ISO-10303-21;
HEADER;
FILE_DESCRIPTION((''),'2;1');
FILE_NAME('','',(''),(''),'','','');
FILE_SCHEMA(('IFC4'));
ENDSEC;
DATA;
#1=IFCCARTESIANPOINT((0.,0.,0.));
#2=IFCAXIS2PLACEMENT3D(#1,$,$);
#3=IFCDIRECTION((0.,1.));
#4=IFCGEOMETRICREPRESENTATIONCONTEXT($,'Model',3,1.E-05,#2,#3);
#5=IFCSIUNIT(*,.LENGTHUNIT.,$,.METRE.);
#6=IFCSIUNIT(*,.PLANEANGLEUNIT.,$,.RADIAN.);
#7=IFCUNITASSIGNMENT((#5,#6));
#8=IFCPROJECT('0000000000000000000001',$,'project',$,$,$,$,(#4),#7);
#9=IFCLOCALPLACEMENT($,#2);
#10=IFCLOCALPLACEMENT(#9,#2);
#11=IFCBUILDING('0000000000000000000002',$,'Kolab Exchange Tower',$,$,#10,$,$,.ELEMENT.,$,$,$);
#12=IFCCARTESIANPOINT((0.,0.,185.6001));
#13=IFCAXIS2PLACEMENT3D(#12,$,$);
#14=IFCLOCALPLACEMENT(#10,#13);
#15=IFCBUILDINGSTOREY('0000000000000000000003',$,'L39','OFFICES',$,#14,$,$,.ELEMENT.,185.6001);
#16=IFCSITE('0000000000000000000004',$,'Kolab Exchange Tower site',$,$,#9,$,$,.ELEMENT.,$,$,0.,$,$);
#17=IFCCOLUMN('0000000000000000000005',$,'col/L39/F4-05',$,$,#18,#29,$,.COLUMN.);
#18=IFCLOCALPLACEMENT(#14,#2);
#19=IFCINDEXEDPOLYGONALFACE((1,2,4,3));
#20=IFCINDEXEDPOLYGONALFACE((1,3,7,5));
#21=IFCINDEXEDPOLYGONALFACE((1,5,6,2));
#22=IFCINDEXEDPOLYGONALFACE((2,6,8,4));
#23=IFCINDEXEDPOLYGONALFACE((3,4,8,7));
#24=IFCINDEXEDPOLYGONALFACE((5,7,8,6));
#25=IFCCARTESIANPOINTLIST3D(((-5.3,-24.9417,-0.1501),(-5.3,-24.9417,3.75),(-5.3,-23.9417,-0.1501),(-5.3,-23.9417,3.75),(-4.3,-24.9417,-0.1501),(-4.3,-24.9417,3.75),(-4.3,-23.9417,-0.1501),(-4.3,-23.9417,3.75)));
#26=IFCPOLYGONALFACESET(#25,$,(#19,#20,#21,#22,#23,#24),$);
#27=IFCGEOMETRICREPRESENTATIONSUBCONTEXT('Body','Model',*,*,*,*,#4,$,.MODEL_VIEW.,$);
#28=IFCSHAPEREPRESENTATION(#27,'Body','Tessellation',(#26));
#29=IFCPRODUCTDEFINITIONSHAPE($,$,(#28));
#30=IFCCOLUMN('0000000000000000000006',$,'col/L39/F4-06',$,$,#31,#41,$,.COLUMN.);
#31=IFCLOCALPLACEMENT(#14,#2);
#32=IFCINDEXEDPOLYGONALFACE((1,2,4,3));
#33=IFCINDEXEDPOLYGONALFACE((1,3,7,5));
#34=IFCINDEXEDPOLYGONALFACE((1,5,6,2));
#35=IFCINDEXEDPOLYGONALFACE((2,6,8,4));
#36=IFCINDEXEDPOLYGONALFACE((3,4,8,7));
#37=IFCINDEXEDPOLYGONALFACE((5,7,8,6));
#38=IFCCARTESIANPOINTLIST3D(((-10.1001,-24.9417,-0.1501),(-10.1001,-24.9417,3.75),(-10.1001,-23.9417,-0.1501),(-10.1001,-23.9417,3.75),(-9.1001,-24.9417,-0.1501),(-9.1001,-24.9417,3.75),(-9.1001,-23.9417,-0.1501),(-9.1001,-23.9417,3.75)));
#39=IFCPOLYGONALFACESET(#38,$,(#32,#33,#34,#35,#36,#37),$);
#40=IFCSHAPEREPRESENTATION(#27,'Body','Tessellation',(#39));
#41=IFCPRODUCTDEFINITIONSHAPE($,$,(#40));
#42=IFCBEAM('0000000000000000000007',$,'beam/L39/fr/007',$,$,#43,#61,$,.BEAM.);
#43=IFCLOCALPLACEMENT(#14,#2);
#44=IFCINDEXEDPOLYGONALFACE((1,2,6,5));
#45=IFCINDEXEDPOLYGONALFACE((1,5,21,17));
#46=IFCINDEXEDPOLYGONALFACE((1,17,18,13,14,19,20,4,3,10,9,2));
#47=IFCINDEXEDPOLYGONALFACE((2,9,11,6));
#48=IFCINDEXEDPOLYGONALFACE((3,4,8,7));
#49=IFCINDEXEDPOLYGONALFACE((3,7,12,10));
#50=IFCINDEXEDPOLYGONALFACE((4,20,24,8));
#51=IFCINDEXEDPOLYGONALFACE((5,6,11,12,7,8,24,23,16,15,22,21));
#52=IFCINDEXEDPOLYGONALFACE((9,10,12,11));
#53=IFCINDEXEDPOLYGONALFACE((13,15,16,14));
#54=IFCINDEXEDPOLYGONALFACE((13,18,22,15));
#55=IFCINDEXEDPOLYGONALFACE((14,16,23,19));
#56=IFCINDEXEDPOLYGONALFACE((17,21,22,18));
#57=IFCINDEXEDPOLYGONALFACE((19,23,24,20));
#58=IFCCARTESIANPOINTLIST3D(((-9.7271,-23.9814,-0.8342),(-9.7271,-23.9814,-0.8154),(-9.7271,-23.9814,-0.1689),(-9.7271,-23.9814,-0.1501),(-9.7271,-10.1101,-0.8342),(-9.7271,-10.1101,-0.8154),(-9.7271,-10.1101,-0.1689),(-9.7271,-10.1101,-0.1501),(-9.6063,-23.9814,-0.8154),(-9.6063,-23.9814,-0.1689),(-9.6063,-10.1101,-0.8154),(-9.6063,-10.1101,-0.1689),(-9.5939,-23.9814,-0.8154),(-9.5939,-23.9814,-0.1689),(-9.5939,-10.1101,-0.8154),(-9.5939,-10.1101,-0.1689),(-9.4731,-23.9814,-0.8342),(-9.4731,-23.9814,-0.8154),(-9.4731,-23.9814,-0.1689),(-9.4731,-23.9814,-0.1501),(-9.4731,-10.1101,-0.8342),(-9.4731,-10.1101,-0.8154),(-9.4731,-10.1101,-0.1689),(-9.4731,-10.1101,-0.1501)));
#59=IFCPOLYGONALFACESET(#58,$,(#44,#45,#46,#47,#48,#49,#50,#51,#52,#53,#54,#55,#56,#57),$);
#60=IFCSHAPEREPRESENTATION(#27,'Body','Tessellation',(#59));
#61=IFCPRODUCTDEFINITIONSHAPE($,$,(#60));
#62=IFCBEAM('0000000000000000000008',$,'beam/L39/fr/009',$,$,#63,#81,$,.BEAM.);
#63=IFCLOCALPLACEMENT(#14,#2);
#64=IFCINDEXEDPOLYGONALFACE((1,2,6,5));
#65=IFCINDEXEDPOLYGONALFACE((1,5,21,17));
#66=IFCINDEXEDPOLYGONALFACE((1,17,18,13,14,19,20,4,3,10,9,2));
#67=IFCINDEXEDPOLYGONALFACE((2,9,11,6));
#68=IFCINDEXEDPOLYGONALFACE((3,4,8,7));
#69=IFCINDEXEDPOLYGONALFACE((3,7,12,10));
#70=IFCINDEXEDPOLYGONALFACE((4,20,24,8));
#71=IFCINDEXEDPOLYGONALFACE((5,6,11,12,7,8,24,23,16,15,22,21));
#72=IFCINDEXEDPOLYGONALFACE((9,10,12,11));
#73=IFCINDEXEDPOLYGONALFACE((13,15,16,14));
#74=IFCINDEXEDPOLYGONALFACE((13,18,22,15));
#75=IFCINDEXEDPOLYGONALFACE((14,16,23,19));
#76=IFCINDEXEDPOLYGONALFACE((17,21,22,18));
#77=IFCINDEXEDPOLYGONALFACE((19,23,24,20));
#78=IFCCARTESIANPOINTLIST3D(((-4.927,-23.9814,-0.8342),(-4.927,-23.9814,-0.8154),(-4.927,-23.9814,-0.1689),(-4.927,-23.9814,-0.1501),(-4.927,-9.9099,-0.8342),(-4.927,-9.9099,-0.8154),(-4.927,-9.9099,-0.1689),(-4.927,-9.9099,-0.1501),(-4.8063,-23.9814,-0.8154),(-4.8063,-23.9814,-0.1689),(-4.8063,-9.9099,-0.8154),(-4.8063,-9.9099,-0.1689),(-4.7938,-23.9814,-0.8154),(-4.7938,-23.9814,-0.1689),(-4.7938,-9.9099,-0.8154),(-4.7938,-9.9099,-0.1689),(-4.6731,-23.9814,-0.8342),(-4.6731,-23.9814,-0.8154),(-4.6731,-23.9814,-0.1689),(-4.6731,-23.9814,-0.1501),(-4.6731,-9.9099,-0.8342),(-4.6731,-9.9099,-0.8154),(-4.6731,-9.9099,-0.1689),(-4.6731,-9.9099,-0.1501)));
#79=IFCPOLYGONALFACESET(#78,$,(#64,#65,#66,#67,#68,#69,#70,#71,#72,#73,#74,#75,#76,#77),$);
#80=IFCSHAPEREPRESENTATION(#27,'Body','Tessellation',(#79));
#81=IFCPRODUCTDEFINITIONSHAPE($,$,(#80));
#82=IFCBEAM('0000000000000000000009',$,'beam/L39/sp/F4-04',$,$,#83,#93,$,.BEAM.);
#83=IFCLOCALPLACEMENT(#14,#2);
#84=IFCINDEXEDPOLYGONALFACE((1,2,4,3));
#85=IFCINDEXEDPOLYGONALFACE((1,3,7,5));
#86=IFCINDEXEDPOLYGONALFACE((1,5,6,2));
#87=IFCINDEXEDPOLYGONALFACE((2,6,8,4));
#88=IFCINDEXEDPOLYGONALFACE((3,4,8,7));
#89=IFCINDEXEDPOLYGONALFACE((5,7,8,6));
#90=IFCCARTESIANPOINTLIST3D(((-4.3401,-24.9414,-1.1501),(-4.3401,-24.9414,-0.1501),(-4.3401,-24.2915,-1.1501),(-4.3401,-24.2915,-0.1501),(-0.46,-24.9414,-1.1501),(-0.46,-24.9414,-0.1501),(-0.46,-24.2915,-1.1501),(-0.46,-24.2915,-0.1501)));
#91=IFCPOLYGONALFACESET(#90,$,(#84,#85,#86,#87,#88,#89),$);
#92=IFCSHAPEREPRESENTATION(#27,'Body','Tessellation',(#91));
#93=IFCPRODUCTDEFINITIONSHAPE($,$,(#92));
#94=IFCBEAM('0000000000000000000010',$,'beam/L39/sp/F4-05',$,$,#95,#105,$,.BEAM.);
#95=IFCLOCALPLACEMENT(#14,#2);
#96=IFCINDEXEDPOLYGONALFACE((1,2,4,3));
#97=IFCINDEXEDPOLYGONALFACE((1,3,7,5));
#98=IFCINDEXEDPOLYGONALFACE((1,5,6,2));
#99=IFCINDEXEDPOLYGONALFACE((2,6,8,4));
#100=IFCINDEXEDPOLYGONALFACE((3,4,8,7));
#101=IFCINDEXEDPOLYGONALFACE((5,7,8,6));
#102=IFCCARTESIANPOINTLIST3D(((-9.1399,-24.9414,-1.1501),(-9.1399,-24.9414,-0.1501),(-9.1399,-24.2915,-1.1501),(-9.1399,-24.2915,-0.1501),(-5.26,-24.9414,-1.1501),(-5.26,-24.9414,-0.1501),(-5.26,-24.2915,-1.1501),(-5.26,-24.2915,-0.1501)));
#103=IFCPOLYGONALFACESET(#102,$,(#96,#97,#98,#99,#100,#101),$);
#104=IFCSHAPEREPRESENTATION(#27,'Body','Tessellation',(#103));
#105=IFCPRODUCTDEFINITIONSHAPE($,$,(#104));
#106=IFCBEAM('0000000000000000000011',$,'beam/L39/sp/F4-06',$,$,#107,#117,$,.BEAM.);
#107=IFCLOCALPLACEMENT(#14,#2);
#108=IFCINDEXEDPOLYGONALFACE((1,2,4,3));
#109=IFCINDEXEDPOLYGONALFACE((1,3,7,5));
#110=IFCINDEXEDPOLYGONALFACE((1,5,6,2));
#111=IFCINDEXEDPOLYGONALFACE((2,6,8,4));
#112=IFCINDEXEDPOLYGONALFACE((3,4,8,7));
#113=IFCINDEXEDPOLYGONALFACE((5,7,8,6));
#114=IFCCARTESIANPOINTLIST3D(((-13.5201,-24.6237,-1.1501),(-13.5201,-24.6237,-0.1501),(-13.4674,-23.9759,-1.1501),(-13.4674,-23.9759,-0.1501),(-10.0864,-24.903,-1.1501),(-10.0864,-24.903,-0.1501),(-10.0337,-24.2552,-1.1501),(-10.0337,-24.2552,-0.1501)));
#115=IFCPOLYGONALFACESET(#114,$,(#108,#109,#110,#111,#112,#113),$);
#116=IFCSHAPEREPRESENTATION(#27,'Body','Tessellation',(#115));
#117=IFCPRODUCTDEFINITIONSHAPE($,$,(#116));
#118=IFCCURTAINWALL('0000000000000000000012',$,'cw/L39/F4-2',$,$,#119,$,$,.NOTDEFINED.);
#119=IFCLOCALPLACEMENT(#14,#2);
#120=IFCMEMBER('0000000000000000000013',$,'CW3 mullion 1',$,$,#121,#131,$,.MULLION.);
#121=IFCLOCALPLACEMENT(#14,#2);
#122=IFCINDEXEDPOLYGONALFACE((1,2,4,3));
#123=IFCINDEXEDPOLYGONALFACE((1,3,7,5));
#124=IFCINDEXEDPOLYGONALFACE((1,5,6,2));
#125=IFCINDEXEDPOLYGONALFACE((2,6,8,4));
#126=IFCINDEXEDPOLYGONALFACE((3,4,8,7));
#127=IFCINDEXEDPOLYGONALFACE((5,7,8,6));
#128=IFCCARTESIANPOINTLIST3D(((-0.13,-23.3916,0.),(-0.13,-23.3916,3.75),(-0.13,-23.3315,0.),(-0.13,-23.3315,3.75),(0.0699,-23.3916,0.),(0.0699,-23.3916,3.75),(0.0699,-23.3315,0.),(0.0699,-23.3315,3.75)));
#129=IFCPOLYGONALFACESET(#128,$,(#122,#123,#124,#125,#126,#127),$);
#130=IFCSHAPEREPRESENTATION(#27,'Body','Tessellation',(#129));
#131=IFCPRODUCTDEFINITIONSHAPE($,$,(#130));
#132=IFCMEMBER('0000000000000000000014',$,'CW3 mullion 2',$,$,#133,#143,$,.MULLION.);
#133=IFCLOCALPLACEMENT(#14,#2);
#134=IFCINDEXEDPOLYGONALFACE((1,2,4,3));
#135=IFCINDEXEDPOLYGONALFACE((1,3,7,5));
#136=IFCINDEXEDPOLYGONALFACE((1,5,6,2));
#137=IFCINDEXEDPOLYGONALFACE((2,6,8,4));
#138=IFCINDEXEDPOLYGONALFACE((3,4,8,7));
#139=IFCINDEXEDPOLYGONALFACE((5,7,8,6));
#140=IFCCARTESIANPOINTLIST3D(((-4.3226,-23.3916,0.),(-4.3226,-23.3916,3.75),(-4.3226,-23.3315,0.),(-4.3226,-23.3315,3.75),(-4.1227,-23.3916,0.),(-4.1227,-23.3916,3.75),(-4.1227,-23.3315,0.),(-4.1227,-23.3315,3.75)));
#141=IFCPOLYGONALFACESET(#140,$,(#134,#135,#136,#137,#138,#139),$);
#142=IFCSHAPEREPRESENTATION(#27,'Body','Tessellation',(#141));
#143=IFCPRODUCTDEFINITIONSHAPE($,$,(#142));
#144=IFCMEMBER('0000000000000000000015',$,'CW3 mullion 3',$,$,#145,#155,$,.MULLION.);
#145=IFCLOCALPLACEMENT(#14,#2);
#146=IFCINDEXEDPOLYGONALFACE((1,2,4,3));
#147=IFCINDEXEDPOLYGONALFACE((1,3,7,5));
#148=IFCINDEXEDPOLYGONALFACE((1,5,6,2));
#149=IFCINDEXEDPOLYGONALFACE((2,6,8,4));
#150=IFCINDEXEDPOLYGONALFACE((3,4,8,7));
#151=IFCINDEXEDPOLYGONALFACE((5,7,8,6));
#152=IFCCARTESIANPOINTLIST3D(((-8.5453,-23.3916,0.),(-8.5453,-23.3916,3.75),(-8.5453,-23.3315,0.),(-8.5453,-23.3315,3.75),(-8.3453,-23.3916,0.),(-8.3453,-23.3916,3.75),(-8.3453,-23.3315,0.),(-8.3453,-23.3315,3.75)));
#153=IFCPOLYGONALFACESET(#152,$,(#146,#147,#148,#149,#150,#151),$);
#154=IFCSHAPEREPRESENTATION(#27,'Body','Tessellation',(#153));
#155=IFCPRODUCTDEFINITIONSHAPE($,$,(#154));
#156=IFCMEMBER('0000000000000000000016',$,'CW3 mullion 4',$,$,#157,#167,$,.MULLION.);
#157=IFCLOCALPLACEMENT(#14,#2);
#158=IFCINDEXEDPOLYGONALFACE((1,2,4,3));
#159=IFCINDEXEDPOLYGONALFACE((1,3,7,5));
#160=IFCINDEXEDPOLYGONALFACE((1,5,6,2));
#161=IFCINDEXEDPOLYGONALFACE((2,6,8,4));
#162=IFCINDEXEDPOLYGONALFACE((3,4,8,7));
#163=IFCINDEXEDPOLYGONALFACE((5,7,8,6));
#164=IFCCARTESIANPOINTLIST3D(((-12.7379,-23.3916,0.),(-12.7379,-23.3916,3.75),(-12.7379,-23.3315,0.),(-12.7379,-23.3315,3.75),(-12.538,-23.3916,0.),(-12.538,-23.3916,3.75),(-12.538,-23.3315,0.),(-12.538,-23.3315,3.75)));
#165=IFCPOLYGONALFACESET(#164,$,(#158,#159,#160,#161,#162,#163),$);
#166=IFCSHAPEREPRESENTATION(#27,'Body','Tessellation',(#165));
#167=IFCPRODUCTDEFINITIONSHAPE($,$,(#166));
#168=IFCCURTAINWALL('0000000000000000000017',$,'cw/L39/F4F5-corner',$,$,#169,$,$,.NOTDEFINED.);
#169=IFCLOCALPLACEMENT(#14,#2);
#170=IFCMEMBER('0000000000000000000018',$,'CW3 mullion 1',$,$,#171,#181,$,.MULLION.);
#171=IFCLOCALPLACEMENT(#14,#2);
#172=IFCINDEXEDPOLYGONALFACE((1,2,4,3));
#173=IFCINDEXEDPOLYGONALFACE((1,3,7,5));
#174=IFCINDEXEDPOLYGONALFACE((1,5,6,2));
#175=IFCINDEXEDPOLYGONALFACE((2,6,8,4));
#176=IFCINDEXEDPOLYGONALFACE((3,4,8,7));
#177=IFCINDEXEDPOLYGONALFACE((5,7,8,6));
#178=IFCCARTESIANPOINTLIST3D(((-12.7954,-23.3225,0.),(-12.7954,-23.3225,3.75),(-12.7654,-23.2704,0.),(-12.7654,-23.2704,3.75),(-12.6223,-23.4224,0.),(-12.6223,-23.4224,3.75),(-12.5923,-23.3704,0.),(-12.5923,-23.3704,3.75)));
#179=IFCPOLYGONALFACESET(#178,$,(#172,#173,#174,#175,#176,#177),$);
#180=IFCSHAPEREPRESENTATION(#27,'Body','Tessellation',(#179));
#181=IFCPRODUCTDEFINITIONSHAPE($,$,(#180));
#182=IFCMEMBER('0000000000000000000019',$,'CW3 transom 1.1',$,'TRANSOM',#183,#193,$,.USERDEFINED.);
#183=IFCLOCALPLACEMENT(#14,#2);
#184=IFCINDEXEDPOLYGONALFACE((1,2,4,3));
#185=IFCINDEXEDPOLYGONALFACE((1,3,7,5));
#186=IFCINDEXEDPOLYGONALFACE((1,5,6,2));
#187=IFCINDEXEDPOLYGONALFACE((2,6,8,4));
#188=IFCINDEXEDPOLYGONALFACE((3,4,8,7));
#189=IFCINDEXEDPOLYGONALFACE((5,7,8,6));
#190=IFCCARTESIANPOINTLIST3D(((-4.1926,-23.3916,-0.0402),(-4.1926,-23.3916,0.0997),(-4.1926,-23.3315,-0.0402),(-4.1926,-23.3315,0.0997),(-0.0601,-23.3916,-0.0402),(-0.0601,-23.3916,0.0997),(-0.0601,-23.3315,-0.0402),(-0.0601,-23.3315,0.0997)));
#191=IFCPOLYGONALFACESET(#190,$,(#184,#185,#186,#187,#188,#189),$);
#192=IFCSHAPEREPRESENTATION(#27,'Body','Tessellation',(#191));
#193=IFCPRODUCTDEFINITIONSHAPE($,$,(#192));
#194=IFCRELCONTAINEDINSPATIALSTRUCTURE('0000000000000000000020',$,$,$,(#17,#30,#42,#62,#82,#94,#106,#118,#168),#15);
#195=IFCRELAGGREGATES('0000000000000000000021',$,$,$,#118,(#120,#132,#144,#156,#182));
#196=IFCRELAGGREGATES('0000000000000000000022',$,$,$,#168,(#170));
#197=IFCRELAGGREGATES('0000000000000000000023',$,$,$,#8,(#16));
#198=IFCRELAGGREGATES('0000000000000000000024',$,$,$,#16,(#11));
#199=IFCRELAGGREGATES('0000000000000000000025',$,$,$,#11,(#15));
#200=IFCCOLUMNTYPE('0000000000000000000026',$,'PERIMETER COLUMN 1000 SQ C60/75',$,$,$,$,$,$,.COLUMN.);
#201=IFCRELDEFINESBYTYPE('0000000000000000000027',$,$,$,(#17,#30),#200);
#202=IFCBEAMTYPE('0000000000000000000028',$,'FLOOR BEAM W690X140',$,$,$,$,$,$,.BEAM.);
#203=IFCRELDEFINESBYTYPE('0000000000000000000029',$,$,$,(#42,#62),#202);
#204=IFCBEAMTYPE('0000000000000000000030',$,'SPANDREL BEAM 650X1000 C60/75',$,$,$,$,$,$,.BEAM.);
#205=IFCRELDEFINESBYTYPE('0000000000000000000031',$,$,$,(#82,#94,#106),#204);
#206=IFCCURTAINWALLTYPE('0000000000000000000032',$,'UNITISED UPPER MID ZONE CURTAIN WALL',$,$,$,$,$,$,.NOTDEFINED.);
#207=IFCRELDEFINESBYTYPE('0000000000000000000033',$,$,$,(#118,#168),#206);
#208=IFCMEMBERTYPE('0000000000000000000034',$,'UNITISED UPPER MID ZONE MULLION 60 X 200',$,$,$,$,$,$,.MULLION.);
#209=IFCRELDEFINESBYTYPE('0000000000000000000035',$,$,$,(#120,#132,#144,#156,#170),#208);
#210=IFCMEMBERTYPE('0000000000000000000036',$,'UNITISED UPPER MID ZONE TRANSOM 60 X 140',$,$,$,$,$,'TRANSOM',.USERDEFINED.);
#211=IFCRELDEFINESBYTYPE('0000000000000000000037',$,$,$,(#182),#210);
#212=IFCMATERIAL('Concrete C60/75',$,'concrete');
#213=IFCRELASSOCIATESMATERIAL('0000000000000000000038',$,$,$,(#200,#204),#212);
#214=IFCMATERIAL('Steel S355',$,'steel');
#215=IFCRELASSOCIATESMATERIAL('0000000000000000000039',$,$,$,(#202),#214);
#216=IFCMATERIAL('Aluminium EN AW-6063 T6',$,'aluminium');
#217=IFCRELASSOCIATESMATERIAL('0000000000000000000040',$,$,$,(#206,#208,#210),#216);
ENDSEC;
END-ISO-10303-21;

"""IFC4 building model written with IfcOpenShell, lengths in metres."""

from ifc_helpers import new_model, si_unit, direction, frame, origin, origin_2d, place, context, subcontext, project, spatial, rectangle, i_section, extrude, material, material_profile, profile_set, type_object, element, aggregate, save


model = new_model("IFC4")

# Units and contexts
model_context = context("Model", 3, precision=1e-05, world=origin(), true_north=direction((0.0, 1.0)))
body_context = subcontext(model_context, "Body", "Model", "MODEL_VIEW")
ifc_project = project(units=[si_unit("LENGTHUNIT", "METRE"), si_unit("PLANEANGLEUNIT", "RADIAN")], contexts=[model_context])

# Site, building, storey
site_placement = place(None, origin())
site = spatial("IfcSite", under=ifc_project, at=site_placement, Name="Kolab Exchange Tower site", CompositionType="ELEMENT", RefElevation=0.0)
building_placement = place(site_placement, origin())
building = spatial("IfcBuilding", under=site, at=building_placement, Name="Kolab Exchange Tower", CompositionType="ELEMENT")
storey_placement = place(building_placement, frame((0.0, 0.0, 185.6001)))
storey = spatial("IfcBuildingStorey", under=building, at=storey_placement, Name="L39", Description="OFFICES", CompositionType="ELEMENT", Elevation=185.6001)

# Columns
ifc_material_1 = material(Name="Concrete C60/75", Category="concrete")
ifc_material_profile_1 = material_profile(ifc_material_1, rectangle(XDim=1.0, YDim=1.0, at=origin_2d()), Name="RC1000")
ifc_profile_set_1 = profile_set([ifc_material_profile_1], Name="Concrete C60/75")
column_type = type_object("IfcColumnType", Name="PERIMETER COLUMN 1000 SQ C60/75", PredefinedType="COLUMN", material=ifc_profile_set_1)
for number, where, z_axis, x_axis, name in (
    (1, (-4.8, -24.4417, -0.1501), (0.0, 0.0, 1.0), (1.0, 0.0, 0.0), "col/L39/F4-05"),
    (2, (-9.6001, -24.4417, -0.1501), (0.0, 0.0, 1.0), (1.0, 0.0, 0.0), "col/L39/F4-06"),
):
    element("IfcColumn", number, at=place(storey_placement, frame(where, z_axis=z_axis, x_axis=x_axis)), inside=storey, type_object=column_type, Name=name, PredefinedType="COLUMN", context=body_context, shape_type="SweptSolid", body=[
        extrude(rectangle(XDim=1.0, YDim=1.0, at=origin_2d()), origin(), (0.0, 0.0, 1.0), 3.9001),
    ])

# Beams
ifc_material_2 = material(Name="Steel S355", Category="steel")
ifc_material_profile_2 = material_profile(ifc_material_2, i_section(OverallWidth=0.2539, OverallDepth=0.6841, WebThickness=0.0125, FlangeThickness=0.0188, at=origin_2d()), Name="W690X140")
ifc_profile_set_2 = profile_set([ifc_material_profile_2], Name="Steel S355")
beam_type_1 = type_object("IfcBeamType", Name="FLOOR BEAM W690X140", PredefinedType="BEAM", material=ifc_profile_set_2)
beam_1_placement = place(storey_placement, frame((-9.6001, -23.9814, -0.4922), z_axis=(0.0, 1.0, 0.0), x_axis=(-1.0, 0.0, 0.0)))
element("IfcBeam", 3, at=beam_1_placement, inside=storey, type_object=beam_type_1, Name="beam/L39/fr/007", PredefinedType="BEAM", context=body_context, shape_type="SweptSolid", body=[
    extrude(i_section(OverallWidth=0.2539, OverallDepth=0.6841, WebThickness=0.0125, FlangeThickness=0.0188, at=origin_2d()), origin(), (0.0, 0.0, 1.0), 13.8713),
])
beam_2_placement = place(storey_placement, frame((-4.8, -23.9814, -0.4922), z_axis=(0.0, 1.0, 0.0), x_axis=(-1.0, 0.0, 0.0)))
element("IfcBeam", 4, at=beam_2_placement, inside=storey, type_object=beam_type_1, Name="beam/L39/fr/009", PredefinedType="BEAM", context=body_context, shape_type="SweptSolid", body=[
    extrude(i_section(OverallWidth=0.2539, OverallDepth=0.6841, WebThickness=0.0125, FlangeThickness=0.0188, at=origin_2d()), origin(), (0.0, 0.0, 1.0), 14.0715),
])
ifc_material_profile_3 = material_profile(ifc_material_1, rectangle(XDim=0.6499, YDim=1.0, at=origin_2d()), Name="RC650X1000")
ifc_profile_set_3 = profile_set([ifc_material_profile_3], Name="Concrete C60/75")
beam_type_2 = type_object("IfcBeamType", Name="SPANDREL BEAM 650X1000 C60/75", PredefinedType="BEAM", material=ifc_profile_set_3)
beam_3_placement = place(storey_placement, frame((-0.46, -24.6165, -0.6501), z_axis=(-1.0, 0.0, 0.0), x_axis=(0.0, -1.0, 0.0)))
element("IfcBeam", 5, at=beam_3_placement, inside=storey, type_object=beam_type_2, Name="beam/L39/sp/F4-04", PredefinedType="BEAM", context=body_context, shape_type="SweptSolid", body=[
    extrude(rectangle(XDim=0.6499, YDim=1.0, at=origin_2d()), origin(), (0.0, 0.0, 1.0), 3.8801),
])
beam_4_placement = place(storey_placement, frame((-5.26, -24.6165, -0.6501), z_axis=(-1.0, 0.0, 0.0), x_axis=(0.0, -1.0, 0.0)))
element("IfcBeam", 6, at=beam_4_placement, inside=storey, type_object=beam_type_2, Name="beam/L39/sp/F4-05", PredefinedType="BEAM", context=body_context, shape_type="SweptSolid", body=[
    extrude(rectangle(XDim=0.6499, YDim=1.0, at=origin_2d()), origin(), (0.0, 0.0, 1.0), 3.8799),
])
beam_5_placement = place(storey_placement, frame((-10.0601, -24.5791, -0.6501), z_axis=(-0.996708, 0.081069, 0.0), x_axis=(-0.081069, -0.996708, 0.0)))
element("IfcBeam", 7, at=beam_5_placement, inside=storey, type_object=beam_type_2, Name="beam/L39/sp/F4-06", PredefinedType="BEAM", context=body_context, shape_type="SweptSolid", body=[
    extrude(rectangle(XDim=0.6499, YDim=1.0, at=origin_2d()), origin(), (0.0, 0.0, 1.0), 3.4451),
])

# Curtain wall, members
ifc_material_3 = material(Name="Aluminium EN AW-6063 T6", Category="aluminium")
curtain_wall_type = type_object("IfcCurtainWallType", Name="UNITISED UPPER MID ZONE CURTAIN WALL", PredefinedType="NOTDEFINED", material=ifc_material_3)
curtain_wall_1_placement = place(storey_placement, origin())
curtain_wall_1 = element("IfcCurtainWall", 8, at=curtain_wall_1_placement, inside=storey, type_object=curtain_wall_type, Name="cw/L39/F4-2", PredefinedType="NOTDEFINED")
ifc_material_profile_4 = material_profile(ifc_material_3, rectangle(XDim=0.0601, YDim=0.2, at=origin_2d()), Name="RECT 60X200")
ifc_profile_set_4 = profile_set([ifc_material_profile_4], Name="Aluminium EN AW-6063 T6")
member_type_1 = type_object("IfcMemberType", Name="UNITISED UPPER MID ZONE MULLION 60 X 200", PredefinedType="MULLION", material=ifc_profile_set_4)
member_1_placement = place(storey_placement, frame((-0.03, -23.3616, 0.0), z_axis=(0.0, 0.0, 1.0), x_axis=(0.0, -1.0, 0.0)))
member_1 = element("IfcMember", 9, at=member_1_placement, type_object=member_type_1, Name="CW3 mullion 1", PredefinedType="MULLION", context=body_context, shape_type="SweptSolid", body=[
    extrude(rectangle(XDim=0.0601, YDim=0.2, at=origin_2d()), origin(), (0.0, 0.0, 1.0), 3.75),
])
member_2_placement = place(storey_placement, frame((-4.2227, -23.3616, 0.0), z_axis=(0.0, 0.0, 1.0), x_axis=(0.0, -1.0, 0.0)))
member_2 = element("IfcMember", 10, at=member_2_placement, type_object=member_type_1, Name="CW3 mullion 2", PredefinedType="MULLION", context=body_context, shape_type="SweptSolid", body=[
    extrude(rectangle(XDim=0.0601, YDim=0.2, at=origin_2d()), origin(), (0.0, 0.0, 1.0), 3.75),
])
member_3_placement = place(storey_placement, frame((-8.4453, -23.3616, 0.0), z_axis=(0.0, 0.0, 1.0), x_axis=(0.0, -1.0, 0.0)))
member_3 = element("IfcMember", 11, at=member_3_placement, type_object=member_type_1, Name="CW3 mullion 3", PredefinedType="MULLION", context=body_context, shape_type="SweptSolid", body=[
    extrude(rectangle(XDim=0.0601, YDim=0.2, at=origin_2d()), origin(), (0.0, 0.0, 1.0), 3.75),
])
member_4_placement = place(storey_placement, frame((-12.6379, -23.3616, 0.0), z_axis=(0.0, 0.0, 1.0), x_axis=(0.0, -1.0, 0.0)))
member_4 = element("IfcMember", 12, at=member_4_placement, type_object=member_type_1, Name="CW3 mullion 4", PredefinedType="MULLION", context=body_context, shape_type="SweptSolid", body=[
    extrude(rectangle(XDim=0.0601, YDim=0.2, at=origin_2d()), origin(), (0.0, 0.0, 1.0), 3.75),
])

# Curtain wall, member
curtain_wall_2_placement = place(storey_placement, origin())
curtain_wall_2 = element("IfcCurtainWall", 13, at=curtain_wall_2_placement, inside=storey, type_object=curtain_wall_type, Name="cw/L39/F4F5-corner", PredefinedType="NOTDEFINED")
member_5_placement = place(storey_placement, frame((-12.6938, -23.3464, 0.0), z_axis=(0.0, 0.0, 1.0), x_axis=(-0.5, -0.866025, 0.0)))
member_5 = element("IfcMember", 14, at=member_5_placement, type_object=member_type_1, Name="CW3 mullion 1", PredefinedType="MULLION", context=body_context, shape_type="SweptSolid", body=[
    extrude(rectangle(XDim=0.0601, YDim=0.2, at=origin_2d()), origin(), (0.0, 0.0, 1.0), 3.75),
])

# Member
ifc_material_profile_5 = material_profile(ifc_material_3, rectangle(XDim=0.0601, YDim=0.1399, at=origin_2d()), Name="RECT 60X140")
ifc_profile_set_5 = profile_set([ifc_material_profile_5], Name="Aluminium EN AW-6063 T6")
member_type_2 = type_object("IfcMemberType", Name="UNITISED UPPER MID ZONE TRANSOM 60 X 140", ElementType="TRANSOM", PredefinedType="USERDEFINED", material=ifc_profile_set_5)
member_6_placement = place(storey_placement, frame((-0.0601, -23.3616, 0.0298), z_axis=(-1.0, 0.0, 0.0), x_axis=(0.0, -1.0, 0.0)))
member_6 = element("IfcMember", 15, at=member_6_placement, type_object=member_type_2, Name="CW3 transom 1.1", ObjectType="TRANSOM", PredefinedType="USERDEFINED", context=body_context, shape_type="SweptSolid", body=[
    extrude(rectangle(XDim=0.0601, YDim=0.1399, at=origin_2d()), origin(), (0.0, 0.0, 1.0), 4.1326),
])

aggregate(curtain_wall_1, [member_1, member_2, member_3, member_4, member_6])
aggregate(curtain_wall_2, [member_5])

save(model, "model.ifc")
